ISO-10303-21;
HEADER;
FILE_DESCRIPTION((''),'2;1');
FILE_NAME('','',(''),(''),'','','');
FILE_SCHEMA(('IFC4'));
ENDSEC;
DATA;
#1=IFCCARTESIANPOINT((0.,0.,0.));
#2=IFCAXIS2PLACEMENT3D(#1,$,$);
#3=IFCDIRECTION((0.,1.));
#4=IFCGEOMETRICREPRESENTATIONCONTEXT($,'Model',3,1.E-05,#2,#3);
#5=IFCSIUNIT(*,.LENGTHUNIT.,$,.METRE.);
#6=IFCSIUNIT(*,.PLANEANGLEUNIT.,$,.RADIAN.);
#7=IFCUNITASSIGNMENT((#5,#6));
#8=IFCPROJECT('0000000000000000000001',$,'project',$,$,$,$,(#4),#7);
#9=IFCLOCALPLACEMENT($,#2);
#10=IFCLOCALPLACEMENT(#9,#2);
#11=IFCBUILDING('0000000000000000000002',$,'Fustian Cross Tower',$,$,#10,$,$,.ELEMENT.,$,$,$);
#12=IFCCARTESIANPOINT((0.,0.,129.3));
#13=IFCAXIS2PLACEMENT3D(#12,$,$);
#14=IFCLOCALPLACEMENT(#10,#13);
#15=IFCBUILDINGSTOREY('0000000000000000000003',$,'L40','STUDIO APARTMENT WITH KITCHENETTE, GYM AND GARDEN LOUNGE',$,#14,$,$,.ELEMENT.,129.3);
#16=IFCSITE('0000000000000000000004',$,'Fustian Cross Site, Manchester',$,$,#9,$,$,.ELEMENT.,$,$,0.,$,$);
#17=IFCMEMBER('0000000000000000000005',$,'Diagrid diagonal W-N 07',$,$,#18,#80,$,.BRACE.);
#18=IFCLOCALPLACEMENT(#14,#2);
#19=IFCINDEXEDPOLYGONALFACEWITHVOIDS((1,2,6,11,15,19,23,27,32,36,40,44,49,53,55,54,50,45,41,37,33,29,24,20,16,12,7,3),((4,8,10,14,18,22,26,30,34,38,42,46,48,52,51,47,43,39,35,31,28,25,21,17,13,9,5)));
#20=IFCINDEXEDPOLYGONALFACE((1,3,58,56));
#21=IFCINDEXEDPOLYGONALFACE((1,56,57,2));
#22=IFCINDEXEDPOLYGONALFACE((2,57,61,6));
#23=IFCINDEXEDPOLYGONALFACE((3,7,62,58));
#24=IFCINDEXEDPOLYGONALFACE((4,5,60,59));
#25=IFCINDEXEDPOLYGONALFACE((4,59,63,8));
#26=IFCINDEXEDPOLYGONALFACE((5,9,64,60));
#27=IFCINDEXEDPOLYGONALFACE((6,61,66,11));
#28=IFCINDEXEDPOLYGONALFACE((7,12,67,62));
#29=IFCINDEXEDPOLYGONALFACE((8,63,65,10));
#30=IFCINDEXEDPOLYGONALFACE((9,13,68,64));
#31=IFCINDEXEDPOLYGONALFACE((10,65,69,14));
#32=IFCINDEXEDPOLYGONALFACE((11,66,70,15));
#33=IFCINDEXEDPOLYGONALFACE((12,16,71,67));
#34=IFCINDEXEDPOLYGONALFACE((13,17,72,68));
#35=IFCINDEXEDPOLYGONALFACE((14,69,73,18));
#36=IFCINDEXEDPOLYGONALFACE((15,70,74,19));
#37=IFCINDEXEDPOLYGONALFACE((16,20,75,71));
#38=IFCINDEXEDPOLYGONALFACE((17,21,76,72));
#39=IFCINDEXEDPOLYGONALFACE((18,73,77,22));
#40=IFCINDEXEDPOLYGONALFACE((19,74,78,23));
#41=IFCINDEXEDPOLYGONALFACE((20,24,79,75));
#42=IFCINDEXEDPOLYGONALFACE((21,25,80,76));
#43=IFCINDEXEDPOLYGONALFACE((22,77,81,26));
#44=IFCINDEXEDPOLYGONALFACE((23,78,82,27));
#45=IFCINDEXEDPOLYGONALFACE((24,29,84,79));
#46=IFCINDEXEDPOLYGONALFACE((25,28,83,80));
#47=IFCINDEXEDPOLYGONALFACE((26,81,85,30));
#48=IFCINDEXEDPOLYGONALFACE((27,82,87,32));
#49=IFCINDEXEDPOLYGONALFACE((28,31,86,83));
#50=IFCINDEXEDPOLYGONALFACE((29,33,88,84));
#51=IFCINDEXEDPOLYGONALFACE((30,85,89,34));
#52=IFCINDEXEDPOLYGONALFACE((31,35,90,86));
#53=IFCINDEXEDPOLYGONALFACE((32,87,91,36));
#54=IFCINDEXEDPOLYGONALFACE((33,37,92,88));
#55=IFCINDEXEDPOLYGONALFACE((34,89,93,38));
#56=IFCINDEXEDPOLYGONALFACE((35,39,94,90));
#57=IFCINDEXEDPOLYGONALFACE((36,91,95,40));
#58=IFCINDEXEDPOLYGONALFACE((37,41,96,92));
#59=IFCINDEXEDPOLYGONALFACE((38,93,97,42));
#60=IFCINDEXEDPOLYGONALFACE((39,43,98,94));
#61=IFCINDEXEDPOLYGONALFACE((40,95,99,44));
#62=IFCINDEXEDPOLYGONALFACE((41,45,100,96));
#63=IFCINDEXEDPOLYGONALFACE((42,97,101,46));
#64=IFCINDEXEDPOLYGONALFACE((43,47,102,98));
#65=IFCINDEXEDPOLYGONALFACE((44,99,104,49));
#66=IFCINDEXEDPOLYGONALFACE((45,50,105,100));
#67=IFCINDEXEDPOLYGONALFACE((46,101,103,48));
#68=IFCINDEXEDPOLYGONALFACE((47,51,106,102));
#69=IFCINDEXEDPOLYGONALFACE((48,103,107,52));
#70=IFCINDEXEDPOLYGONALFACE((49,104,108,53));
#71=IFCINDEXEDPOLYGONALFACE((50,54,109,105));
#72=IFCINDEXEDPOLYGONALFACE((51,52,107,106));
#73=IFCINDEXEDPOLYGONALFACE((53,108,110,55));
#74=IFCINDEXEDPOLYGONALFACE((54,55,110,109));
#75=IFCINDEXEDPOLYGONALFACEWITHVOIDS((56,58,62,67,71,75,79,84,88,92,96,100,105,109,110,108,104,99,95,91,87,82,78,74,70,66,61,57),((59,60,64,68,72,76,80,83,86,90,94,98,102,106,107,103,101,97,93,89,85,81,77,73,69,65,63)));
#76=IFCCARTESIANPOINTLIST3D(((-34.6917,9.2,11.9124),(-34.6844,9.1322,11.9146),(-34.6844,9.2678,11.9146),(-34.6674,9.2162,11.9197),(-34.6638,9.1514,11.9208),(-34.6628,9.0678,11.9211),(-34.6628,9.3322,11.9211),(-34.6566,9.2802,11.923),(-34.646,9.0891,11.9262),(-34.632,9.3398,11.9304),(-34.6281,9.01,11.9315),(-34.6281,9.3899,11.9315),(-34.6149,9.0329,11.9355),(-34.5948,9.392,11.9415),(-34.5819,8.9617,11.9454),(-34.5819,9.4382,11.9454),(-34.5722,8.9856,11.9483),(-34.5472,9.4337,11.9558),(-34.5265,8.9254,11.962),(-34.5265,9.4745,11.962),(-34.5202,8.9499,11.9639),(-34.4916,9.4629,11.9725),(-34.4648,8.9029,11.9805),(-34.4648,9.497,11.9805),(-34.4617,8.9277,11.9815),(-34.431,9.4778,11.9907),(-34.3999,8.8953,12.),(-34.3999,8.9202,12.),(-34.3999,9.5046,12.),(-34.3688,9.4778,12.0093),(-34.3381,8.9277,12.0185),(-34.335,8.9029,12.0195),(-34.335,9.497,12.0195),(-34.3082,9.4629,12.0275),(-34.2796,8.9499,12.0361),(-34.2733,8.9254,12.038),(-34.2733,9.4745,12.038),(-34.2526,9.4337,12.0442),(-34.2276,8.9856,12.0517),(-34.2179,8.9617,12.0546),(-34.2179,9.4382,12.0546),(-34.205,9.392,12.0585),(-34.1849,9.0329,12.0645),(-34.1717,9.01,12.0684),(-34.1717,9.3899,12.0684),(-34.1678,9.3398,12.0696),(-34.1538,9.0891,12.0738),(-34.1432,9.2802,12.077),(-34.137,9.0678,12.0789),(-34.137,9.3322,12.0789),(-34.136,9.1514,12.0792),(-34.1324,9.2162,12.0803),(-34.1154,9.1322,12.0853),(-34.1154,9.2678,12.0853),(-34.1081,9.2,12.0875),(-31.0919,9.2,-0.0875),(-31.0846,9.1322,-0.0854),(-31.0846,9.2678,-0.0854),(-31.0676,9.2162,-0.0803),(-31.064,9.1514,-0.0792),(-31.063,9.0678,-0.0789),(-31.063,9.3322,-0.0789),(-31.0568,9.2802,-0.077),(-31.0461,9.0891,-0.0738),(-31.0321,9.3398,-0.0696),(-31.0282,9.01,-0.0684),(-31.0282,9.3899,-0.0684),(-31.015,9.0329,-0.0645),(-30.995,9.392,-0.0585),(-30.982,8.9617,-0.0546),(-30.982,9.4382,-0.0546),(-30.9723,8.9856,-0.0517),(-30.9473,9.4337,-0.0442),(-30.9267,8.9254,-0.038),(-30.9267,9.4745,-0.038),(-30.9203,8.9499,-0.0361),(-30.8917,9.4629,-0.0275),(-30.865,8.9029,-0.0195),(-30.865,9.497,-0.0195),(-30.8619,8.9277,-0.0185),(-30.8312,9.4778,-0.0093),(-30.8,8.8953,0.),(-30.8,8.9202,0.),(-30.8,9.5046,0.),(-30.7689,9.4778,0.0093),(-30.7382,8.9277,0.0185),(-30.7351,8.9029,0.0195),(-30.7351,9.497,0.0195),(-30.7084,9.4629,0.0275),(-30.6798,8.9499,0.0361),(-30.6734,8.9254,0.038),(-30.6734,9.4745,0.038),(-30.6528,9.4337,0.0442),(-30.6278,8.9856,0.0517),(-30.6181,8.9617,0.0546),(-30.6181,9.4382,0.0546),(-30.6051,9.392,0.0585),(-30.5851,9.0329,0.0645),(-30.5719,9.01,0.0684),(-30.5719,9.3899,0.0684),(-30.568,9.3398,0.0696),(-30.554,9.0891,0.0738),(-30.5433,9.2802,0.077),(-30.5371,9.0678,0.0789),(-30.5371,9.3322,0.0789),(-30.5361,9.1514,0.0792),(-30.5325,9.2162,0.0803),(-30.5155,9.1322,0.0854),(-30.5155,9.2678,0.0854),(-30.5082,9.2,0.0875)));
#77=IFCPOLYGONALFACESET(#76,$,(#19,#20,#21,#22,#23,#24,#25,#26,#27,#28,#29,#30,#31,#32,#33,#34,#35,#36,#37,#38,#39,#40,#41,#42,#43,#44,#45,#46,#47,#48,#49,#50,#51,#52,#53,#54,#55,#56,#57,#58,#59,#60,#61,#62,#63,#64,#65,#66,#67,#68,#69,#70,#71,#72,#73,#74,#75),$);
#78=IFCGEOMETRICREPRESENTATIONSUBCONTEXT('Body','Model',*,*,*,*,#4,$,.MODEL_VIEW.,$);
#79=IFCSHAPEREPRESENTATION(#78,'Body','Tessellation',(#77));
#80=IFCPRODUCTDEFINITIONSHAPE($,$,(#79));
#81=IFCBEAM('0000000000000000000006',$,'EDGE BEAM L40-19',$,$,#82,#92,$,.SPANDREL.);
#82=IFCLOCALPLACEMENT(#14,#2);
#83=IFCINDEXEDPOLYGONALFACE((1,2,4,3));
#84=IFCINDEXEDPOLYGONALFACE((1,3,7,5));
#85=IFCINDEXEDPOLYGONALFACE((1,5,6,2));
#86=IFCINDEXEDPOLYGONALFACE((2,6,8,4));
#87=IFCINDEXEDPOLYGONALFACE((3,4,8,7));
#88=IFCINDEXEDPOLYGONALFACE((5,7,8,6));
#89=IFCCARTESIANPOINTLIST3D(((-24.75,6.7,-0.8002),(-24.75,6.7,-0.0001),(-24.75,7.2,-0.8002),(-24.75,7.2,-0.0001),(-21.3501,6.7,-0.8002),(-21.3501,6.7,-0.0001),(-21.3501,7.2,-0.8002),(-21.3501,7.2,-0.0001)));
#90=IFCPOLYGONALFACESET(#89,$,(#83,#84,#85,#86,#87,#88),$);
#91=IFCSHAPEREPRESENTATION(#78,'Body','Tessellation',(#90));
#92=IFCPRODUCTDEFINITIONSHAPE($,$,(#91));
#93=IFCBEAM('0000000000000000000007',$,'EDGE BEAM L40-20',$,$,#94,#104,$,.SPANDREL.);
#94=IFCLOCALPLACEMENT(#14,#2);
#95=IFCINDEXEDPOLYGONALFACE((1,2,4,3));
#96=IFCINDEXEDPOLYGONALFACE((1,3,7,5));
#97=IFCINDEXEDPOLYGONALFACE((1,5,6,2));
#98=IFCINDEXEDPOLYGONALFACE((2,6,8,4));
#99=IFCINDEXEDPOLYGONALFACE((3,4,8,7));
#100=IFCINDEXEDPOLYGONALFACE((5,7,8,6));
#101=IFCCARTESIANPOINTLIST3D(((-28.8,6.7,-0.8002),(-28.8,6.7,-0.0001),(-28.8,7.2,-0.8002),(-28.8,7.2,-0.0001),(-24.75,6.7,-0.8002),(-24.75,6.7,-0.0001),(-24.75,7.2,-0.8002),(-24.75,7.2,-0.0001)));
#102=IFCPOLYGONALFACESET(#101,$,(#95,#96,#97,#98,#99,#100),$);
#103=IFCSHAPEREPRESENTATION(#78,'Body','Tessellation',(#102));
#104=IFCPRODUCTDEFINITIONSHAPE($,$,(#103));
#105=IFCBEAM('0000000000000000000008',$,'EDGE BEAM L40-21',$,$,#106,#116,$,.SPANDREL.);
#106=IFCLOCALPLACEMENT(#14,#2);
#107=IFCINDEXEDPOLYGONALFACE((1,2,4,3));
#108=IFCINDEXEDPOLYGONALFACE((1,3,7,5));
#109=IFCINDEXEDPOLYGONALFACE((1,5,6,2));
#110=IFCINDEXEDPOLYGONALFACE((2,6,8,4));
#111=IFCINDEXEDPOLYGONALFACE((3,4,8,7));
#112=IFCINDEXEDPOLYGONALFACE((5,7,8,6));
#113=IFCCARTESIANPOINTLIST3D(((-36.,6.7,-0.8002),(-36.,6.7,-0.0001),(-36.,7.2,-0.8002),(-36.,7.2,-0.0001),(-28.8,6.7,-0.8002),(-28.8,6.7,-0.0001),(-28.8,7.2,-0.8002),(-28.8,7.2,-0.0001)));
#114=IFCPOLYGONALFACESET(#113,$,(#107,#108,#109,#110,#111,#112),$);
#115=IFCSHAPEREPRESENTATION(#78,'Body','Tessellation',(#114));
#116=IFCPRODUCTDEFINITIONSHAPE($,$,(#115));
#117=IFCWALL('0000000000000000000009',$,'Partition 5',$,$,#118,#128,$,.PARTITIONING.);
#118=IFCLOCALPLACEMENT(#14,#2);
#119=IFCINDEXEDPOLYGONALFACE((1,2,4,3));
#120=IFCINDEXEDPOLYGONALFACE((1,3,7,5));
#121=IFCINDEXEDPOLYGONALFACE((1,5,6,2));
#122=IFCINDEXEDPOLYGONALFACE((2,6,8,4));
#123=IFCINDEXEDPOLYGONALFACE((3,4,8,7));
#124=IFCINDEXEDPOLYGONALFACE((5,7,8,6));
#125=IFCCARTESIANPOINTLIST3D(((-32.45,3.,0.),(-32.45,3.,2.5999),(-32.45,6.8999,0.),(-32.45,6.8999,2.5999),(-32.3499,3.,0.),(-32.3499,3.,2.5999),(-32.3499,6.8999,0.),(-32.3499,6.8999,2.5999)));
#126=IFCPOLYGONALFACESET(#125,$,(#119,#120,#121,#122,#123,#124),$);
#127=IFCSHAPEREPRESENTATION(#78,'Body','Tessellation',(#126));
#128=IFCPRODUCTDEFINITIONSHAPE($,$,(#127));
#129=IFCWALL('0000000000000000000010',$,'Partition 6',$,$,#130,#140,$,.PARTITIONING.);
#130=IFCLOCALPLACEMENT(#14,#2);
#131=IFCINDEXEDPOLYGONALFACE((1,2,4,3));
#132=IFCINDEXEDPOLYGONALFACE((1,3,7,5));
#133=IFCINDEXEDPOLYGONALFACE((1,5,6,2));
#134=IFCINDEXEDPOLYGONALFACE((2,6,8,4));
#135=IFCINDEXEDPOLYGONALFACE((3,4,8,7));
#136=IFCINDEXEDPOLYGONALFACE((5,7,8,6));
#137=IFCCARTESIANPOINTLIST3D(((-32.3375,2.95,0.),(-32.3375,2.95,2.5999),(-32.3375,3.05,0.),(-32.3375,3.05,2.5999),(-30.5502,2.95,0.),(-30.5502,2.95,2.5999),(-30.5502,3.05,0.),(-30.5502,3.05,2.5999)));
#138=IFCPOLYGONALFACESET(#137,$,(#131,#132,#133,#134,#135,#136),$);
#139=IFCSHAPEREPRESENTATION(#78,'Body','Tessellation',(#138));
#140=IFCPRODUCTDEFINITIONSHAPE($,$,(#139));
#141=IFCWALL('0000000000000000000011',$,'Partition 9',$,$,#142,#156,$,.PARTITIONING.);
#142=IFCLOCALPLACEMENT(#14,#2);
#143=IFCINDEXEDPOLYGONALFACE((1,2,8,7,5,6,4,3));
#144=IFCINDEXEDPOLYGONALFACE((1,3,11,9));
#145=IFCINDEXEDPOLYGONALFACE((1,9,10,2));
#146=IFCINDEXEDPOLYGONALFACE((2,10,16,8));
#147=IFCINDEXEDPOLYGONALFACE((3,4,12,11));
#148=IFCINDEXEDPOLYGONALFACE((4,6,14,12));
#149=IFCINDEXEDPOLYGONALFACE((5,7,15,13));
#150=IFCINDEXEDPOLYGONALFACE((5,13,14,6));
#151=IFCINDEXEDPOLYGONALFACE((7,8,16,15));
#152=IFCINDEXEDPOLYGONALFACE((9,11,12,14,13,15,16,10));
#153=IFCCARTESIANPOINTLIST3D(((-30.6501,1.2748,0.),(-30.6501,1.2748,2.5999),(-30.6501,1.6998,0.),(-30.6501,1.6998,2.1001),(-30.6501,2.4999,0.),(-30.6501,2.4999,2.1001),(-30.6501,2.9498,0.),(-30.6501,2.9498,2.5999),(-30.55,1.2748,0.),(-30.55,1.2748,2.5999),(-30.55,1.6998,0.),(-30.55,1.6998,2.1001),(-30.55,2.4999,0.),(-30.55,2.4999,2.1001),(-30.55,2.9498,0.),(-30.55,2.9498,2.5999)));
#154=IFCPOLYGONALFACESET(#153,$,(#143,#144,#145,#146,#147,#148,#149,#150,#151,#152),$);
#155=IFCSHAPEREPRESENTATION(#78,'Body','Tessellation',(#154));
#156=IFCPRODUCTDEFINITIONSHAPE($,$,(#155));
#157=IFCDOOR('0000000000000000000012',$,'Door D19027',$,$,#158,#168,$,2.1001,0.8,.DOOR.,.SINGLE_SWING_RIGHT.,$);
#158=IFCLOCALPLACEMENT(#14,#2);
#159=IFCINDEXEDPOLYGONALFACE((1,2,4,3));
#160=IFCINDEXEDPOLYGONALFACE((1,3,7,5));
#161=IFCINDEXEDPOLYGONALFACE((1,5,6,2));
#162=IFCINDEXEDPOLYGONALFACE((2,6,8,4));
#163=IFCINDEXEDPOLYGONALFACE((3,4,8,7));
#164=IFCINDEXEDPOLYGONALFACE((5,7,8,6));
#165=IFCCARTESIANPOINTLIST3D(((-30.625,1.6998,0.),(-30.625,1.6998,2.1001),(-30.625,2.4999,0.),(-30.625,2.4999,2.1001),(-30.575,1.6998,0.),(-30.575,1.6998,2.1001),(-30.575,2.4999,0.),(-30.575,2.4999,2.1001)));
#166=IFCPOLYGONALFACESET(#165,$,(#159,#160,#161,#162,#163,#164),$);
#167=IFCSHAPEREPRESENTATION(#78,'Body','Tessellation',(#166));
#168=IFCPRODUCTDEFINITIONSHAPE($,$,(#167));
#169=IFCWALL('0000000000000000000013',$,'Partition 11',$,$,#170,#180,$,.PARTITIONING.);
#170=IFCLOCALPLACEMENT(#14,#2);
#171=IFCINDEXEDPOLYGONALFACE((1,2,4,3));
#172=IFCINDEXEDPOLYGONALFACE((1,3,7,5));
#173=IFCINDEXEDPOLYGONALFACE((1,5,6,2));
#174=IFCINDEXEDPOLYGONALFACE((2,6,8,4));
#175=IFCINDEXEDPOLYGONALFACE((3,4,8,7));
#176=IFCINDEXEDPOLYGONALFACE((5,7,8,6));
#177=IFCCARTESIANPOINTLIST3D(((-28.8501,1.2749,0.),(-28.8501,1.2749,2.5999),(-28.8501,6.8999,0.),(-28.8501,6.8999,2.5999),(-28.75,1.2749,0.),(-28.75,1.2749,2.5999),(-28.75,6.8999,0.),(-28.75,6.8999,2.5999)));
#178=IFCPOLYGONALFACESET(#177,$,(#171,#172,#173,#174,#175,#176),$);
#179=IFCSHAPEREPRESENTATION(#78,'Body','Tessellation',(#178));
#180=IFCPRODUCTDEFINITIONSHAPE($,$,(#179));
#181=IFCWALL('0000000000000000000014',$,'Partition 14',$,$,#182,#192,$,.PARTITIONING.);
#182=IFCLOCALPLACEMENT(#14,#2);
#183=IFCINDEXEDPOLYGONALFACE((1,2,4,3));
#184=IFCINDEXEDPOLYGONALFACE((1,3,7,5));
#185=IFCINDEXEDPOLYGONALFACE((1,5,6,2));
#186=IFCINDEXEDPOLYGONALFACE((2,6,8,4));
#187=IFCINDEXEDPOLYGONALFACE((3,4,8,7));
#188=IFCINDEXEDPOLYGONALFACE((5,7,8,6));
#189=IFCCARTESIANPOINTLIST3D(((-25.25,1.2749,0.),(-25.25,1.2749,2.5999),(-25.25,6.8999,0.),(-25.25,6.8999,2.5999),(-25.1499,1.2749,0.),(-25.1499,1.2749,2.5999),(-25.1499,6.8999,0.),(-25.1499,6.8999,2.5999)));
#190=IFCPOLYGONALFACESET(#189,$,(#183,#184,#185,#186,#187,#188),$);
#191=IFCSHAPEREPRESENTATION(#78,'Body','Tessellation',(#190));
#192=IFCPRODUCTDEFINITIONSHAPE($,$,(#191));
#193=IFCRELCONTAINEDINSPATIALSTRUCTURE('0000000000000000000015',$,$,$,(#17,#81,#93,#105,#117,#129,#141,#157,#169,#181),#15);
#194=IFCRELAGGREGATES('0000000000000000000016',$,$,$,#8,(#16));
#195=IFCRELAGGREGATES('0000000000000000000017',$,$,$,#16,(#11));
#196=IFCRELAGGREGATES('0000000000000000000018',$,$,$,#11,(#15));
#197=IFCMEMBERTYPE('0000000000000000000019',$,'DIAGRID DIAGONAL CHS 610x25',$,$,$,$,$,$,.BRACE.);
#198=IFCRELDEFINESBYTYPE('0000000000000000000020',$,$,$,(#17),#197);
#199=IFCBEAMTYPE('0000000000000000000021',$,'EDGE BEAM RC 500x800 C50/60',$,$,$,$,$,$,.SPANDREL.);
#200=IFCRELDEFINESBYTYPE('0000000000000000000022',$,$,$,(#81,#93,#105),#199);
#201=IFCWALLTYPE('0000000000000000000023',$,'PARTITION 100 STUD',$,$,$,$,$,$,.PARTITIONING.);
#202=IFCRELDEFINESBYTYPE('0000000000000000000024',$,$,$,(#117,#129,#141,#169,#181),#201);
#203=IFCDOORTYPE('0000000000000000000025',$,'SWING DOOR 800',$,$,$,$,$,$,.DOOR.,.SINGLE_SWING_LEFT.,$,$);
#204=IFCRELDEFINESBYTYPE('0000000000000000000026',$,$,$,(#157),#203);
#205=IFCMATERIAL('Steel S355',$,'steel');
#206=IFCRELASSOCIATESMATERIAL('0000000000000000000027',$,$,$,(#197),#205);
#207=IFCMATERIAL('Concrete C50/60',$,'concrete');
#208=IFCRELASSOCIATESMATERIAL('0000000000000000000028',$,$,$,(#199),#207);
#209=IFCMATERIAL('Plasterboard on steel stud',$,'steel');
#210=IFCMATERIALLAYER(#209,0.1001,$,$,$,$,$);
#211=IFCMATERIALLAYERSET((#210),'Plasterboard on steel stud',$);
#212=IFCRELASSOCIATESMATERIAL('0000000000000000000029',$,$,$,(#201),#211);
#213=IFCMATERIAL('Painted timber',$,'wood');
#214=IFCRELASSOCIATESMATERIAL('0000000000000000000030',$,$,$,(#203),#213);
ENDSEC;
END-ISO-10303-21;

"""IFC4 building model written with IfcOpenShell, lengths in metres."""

from ifc_helpers import new_model, si_unit, direction, frame, frame_2d, origin, origin_2d, place, context, subcontext, project, spatial, rectangle, hollow_circle, extrude, material, layer, layer_set, material_profile, profile_set, type_object, element, fill, save


model = new_model("IFC4")

# Units and contexts
model_context = context("Model", 3, precision=1e-05, world=origin(), true_north=direction((0.0, 1.0)))
body_context = subcontext(model_context, "Body", "Model", "MODEL_VIEW")
ifc_project = project(units=[si_unit("LENGTHUNIT", "METRE"), si_unit("PLANEANGLEUNIT", "RADIAN")], contexts=[model_context])

# Site, building, storey
site_placement = place(None, origin())
site = spatial("IfcSite", under=ifc_project, at=site_placement, Name="Fustian Cross Site, Manchester", CompositionType="ELEMENT", RefElevation=0.0)
building_placement = place(site_placement, origin())
building = spatial("IfcBuilding", under=site, at=building_placement, Name="Fustian Cross Tower", CompositionType="ELEMENT")
storey_placement = place(building_placement, frame((0.0, 0.0, 129.3)))
storey = spatial("IfcBuildingStorey", under=building, at=storey_placement, Name="L40", Description="STUDIO APARTMENT WITH KITCHENETTE, GYM AND GARDEN LOUNGE", CompositionType="ELEMENT", Elevation=129.3)

# Member
ifc_material_1 = material(Name="Steel S355", Category="steel")
ifc_material_profile_1 = material_profile(ifc_material_1, hollow_circle(Radius=0.3047, WallThickness=0.0249, at=origin_2d()), Name="CHS 610x25")
ifc_profile_set_1 = profile_set([ifc_material_profile_1], Name="Steel S355")
member_type = type_object("IfcMemberType", Name="DIAGRID DIAGONAL CHS 610x25", PredefinedType="BRACE", material=ifc_profile_set_1)
for number, where, z_axis, x_axis, name in (
    (1, (-30.8, 9.2, 0.0), (-0.287337, 0.0, 0.95783), (0.0, -1.0, 0.0), "Diagrid diagonal W-N 07"),
):
    element("IfcMember", number, at=place(storey_placement, frame(where, z_axis=z_axis, x_axis=x_axis)), inside=storey, type_object=member_type, Name=name, PredefinedType="BRACE", context=body_context, shape_type="SweptSolid", body=[
        extrude(hollow_circle(Radius=0.3047, WallThickness=0.0249, at=origin_2d()), origin(), (0.0, 0.0, 1.0), 12.5283),
    ])

# Beams
ifc_material_2 = material(Name="Concrete C50/60", Category="concrete")
ifc_material_profile_2 = material_profile(ifc_material_2, rectangle(XDim=0.5, YDim=0.8, at=origin_2d()), Name="RC 500x800")
ifc_profile_set_2 = profile_set([ifc_material_profile_2], Name="Concrete C50/60")
beam_type = type_object("IfcBeamType", Name="EDGE BEAM RC 500x800 C50/60", PredefinedType="SPANDREL", material=ifc_profile_set_2)
beam_1_placement = place(storey_placement, frame((-21.3501, 6.95, -0.4001), z_axis=(-1.0, 0.0, 0.0), x_axis=(0.0, -1.0, 0.0)))
element("IfcBeam", 2, at=beam_1_placement, inside=storey, type_object=beam_type, Name="EDGE BEAM L40-19", PredefinedType="SPANDREL", context=body_context, shape_type="SweptSolid", body=[
    extrude(rectangle(XDim=0.5, YDim=0.8, at=origin_2d()), origin(), (0.0, 0.0, 1.0), 3.3999),
])
beam_2_placement = place(storey_placement, frame((-24.75, 6.95, -0.4001), z_axis=(-1.0, 0.0, 0.0), x_axis=(0.0, -1.0, 0.0)))
element("IfcBeam", 3, at=beam_2_placement, inside=storey, type_object=beam_type, Name="EDGE BEAM L40-20", PredefinedType="SPANDREL", context=body_context, shape_type="SweptSolid", body=[
    extrude(rectangle(XDim=0.5, YDim=0.8, at=origin_2d()), origin(), (0.0, 0.0, 1.0), 4.05),
])
beam_3_placement = place(storey_placement, frame((-28.8, 6.95, -0.4001), z_axis=(-1.0, 0.0, 0.0), x_axis=(0.0, -1.0, 0.0)))
element("IfcBeam", 4, at=beam_3_placement, inside=storey, type_object=beam_type, Name="EDGE BEAM L40-21", PredefinedType="SPANDREL", context=body_context, shape_type="SweptSolid", body=[
    extrude(rectangle(XDim=0.5, YDim=0.8, at=origin_2d()), origin(), (0.0, 0.0, 1.0), 7.2),
])

# Walls
ifc_material_3 = material(Name="Plasterboard on steel stud", Category="steel")
ifc_layer_1 = layer(ifc_material_3, 0.1001)
ifc_layer_set_1 = layer_set([ifc_layer_1], Name="Plasterboard on steel stud")
wall_type_1 = type_object("IfcWallType", Name="PARTITION 100 STUD", PredefinedType="PARTITIONING", material=ifc_layer_set_1)
wall_1_placement = place(storey_placement, frame((-32.3999, 3.0, 0.0), z_axis=(0.0, 0.0, 1.0), x_axis=(0.0, 1.0, 0.0)))
element("IfcWall", 5, at=wall_1_placement, inside=storey, type_object=wall_type_1, Name="Partition 5", PredefinedType="PARTITIONING", context=body_context, shape_type="SweptSolid", body=[
    extrude(rectangle(XDim=3.8999, YDim=0.1001, at=frame_2d((1.95, 0.0))), origin(), (0.0, 0.0, 1.0), 2.5999),
])
wall_2_placement = place(storey_placement, frame((-32.3374, 3.0, 0.0), z_axis=(0.0, 0.0, 1.0), x_axis=(1.0, 0.0, 0.0)))
element("IfcWall", 6, at=wall_2_placement, inside=storey, type_object=wall_type_1, Name="Partition 6", PredefinedType="PARTITIONING", context=body_context, shape_type="SweptSolid", body=[
    extrude(rectangle(XDim=1.7874, YDim=0.1001, at=frame_2d((0.8936, 0.0))), origin(), (0.0, 0.0, 1.0), 2.5999),
])

# Wall, opening, door
wall_3_placement = place(storey_placement, frame((-30.6001, 1.2749, 0.0), z_axis=(0.0, 0.0, 1.0), x_axis=(0.0, 1.0, 0.0)))
wall_3 = element("IfcWall", 7, at=wall_3_placement, inside=storey, type_object=wall_type_1, Name="Partition 9", PredefinedType="PARTITIONING", context=body_context, shape_type="SweptSolid", body=[
    extrude(rectangle(XDim=1.675, YDim=0.1001, at=frame_2d((0.8374, 0.0))), origin(), (0.0, 0.0, 1.0), 2.5999),
])
opening_1_placement = place(wall_3_placement, frame((0.425, 0.0, 0.0)))
opening_1 = element("IfcOpeningElement", 8, at=opening_1_placement, cuts=wall_3, PredefinedType="OPENING", context=body_context, shape_type="SweptSolid", body=[
    extrude(rectangle(XDim=0.8, YDim=2.1001, at=frame_2d((0.3999, 1.05))), frame((0.0, 0.0601, 0.0), z_axis=(0.0, -1.0, 0.0), x_axis=(1.0, 0.0, 0.0)), (0.0, 0.0, 1.0), 0.1201),
])
ifc_material_4 = material(Name="Painted timber", Category="wood")
door_type = type_object("IfcDoorType", Name="SWING DOOR 800", OperationType="SINGLE_SWING_LEFT", PredefinedType="DOOR", material=ifc_material_4)
door_placement = place(opening_1_placement, origin())
door = element("IfcDoor", 9, at=door_placement, inside=storey, type_object=door_type, Name="Door D19027", OperationType="SINGLE_SWING_RIGHT", OverallHeight=2.1001, OverallWidth=0.8, PredefinedType="DOOR", context=body_context, shape_type="SweptSolid", body=[
    extrude(rectangle(XDim=0.8, YDim=2.1001, at=frame_2d((0.3999, 1.05))), frame((0.0, 0.0249, 0.0), z_axis=(0.0, -1.0, 0.0), x_axis=(1.0, 0.0, 0.0)), (0.0, 0.0, 1.0), 0.05),
])
fill(opening_1, door)

# Walls
for number, where, z_axis, x_axis, name in (
    (10, (-28.8, 1.2749, 0.0), (0.0, 0.0, 1.0), (0.0, 1.0, 0.0), "Partition 11"),
    (11, (-25.2, 1.2749, 0.0), (0.0, 0.0, 1.0), (0.0, 1.0, 0.0), "Partition 14"),
):
    element("IfcWall", number, at=place(storey_placement, frame(where, z_axis=z_axis, x_axis=x_axis)), inside=storey, type_object=wall_type_1, Name=name, PredefinedType="PARTITIONING", context=body_context, shape_type="SweptSolid", body=[
        extrude(rectangle(XDim=5.625, YDim=0.1001, at=frame_2d((2.8125, 0.0))), origin(), (0.0, 0.0, 1.0), 2.5999),
    ])

save(model, "model.ifc")
